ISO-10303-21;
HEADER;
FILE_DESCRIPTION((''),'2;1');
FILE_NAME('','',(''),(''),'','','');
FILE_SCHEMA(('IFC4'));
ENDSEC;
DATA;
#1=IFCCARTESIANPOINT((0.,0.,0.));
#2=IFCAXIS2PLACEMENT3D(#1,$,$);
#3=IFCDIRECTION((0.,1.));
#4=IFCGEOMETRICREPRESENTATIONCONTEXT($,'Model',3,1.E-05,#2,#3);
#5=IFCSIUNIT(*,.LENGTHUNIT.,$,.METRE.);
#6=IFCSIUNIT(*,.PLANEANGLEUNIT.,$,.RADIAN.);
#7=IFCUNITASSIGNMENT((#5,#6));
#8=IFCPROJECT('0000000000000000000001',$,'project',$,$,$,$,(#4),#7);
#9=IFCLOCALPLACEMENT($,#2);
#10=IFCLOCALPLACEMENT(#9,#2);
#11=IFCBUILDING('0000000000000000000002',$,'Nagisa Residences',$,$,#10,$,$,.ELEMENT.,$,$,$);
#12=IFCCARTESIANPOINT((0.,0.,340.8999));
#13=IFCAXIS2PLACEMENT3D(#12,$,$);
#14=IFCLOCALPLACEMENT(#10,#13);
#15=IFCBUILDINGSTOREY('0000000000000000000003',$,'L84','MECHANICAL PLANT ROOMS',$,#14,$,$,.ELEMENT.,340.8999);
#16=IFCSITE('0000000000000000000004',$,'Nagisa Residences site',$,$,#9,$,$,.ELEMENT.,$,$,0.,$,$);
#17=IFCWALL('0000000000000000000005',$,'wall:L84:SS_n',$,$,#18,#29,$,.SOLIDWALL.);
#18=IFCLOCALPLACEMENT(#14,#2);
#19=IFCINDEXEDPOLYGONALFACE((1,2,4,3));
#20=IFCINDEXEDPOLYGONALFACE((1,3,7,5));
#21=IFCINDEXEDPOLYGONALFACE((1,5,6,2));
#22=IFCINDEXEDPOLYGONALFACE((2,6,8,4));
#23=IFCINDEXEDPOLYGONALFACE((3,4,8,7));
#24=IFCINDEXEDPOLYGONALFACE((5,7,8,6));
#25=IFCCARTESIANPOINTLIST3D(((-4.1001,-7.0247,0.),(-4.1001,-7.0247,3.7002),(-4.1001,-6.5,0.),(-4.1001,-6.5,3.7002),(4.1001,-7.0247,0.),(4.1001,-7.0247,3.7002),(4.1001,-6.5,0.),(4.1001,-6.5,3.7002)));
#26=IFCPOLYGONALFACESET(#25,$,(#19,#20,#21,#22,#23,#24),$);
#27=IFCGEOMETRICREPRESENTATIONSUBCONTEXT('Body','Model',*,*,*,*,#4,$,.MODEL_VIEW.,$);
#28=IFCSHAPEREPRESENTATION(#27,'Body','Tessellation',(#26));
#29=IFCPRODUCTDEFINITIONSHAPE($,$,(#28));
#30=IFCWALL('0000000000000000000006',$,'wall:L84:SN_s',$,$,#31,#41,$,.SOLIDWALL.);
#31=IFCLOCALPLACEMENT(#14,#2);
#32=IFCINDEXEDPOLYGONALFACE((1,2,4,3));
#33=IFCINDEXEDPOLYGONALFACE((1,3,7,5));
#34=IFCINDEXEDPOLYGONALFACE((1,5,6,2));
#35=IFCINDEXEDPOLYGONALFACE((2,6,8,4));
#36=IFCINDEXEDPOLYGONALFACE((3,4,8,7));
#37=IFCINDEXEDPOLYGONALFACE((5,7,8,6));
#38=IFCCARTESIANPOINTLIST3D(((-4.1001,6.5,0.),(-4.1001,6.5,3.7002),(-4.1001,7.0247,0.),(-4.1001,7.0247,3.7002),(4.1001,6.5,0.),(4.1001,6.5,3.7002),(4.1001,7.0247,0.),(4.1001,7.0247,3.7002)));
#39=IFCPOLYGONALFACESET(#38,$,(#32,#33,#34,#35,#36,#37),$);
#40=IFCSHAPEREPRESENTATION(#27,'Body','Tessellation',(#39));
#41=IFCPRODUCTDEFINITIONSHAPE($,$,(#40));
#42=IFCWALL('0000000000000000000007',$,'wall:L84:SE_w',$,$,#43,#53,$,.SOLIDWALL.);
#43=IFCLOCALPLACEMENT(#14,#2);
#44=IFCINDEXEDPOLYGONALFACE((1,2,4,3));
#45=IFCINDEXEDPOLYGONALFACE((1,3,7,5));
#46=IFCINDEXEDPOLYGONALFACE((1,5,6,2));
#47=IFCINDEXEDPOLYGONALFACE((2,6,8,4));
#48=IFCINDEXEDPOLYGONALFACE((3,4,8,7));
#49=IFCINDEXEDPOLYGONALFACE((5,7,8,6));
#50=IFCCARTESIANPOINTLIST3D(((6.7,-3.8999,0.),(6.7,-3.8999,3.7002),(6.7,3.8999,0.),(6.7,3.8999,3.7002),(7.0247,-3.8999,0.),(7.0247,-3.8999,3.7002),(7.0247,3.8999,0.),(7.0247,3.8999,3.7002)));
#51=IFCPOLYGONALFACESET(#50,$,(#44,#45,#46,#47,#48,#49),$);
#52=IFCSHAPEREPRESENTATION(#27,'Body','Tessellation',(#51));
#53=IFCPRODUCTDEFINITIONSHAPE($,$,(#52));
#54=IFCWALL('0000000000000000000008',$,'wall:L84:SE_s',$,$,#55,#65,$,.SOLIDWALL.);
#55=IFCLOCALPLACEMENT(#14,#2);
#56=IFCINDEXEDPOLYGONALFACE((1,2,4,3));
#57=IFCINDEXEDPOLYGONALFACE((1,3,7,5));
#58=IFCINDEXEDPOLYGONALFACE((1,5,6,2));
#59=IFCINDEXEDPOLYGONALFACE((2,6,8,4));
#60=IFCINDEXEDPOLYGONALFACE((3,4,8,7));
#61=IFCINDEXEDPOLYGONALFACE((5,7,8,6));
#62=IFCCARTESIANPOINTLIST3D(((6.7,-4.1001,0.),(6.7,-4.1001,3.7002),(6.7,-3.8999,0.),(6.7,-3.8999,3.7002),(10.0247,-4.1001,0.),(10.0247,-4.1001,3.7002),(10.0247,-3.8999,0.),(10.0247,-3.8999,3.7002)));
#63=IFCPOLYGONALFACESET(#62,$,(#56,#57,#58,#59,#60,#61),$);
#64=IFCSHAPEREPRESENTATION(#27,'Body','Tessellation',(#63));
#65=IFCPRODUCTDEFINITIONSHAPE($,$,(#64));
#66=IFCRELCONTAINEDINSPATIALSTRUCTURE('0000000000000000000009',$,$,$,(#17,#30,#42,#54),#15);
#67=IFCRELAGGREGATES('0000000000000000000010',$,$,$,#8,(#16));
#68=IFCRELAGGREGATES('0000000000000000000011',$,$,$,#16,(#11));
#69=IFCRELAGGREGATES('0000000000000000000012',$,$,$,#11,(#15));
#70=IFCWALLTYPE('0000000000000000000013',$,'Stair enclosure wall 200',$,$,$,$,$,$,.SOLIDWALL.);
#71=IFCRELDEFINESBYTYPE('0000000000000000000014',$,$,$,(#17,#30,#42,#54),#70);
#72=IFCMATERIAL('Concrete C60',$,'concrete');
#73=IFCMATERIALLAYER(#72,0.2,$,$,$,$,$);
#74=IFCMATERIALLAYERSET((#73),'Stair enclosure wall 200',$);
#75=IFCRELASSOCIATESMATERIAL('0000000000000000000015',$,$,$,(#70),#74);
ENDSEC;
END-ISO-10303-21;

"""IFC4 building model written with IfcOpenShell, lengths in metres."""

from ifc_helpers import new_model, si_unit, direction, frame, origin, place, context, subcontext, project, spatial, polyline, outline, extrude, material, layer, layer_set, type_object, element, save


model = new_model("IFC4")

# Units and contexts
model_context = context("Model", 3, precision=1e-05, world=origin(), true_north=direction((0.0, 1.0)))
body_context = subcontext(model_context, "Body", "Model", "MODEL_VIEW")
ifc_project = project(units=[si_unit("LENGTHUNIT", "METRE"), si_unit("PLANEANGLEUNIT", "RADIAN")], contexts=[model_context])

# Site, building, storey
site_placement = place(None, origin())
site = spatial("IfcSite", under=ifc_project, at=site_placement, Name="Nagisa Residences site", CompositionType="ELEMENT", RefElevation=0.0)
building_placement = place(site_placement, origin())
building = spatial("IfcBuilding", under=site, at=building_placement, Name="Nagisa Residences", CompositionType="ELEMENT")
storey_placement = place(building_placement, frame((0.0, 0.0, 340.8999)))
storey = spatial("IfcBuildingStorey", under=building, at=storey_placement, Name="L84", Description="MECHANICAL PLANT ROOMS", CompositionType="ELEMENT", Elevation=340.8999)

# Walls
ifc_material_1 = material(Name="Concrete C60", Category="concrete")
ifc_layer_1 = layer(ifc_material_1, 0.2)
ifc_layer_set_1 = layer_set([ifc_layer_1], Name="Stair enclosure wall 200")
wall_type_1 = type_object("IfcWallType", Name="Stair enclosure wall 200", PredefinedType="SOLIDWALL", material=ifc_layer_set_1)
wall_1_placement = place(storey_placement, origin())
element("IfcWall", 1, at=wall_1_placement, inside=storey, type_object=wall_type_1, Name="wall:L84:SS_n", PredefinedType="SOLIDWALL", context=body_context, shape_type="SweptSolid", body=[
    extrude(outline(polyline([(4.1001, -7.0247), (-4.1001, -7.0247), (-4.1001, -6.5), (4.1001, -6.5), (4.1001, -7.0247)])), origin(), (0.0, 0.0, 1.0), 3.7002),
])
wall_2_placement = place(storey_placement, origin())
element("IfcWall", 2, at=wall_2_placement, inside=storey, type_object=wall_type_1, Name="wall:L84:SN_s", PredefinedType="SOLIDWALL", context=body_context, shape_type="SweptSolid", body=[
    extrude(outline(polyline([(4.1001, 6.5), (-4.1001, 6.5), (-4.1001, 7.0247), (4.1001, 7.0247), (4.1001, 6.5)])), origin(), (0.0, 0.0, 1.0), 3.7002),
])
wall_3_placement = place(storey_placement, origin())
element("IfcWall", 3, at=wall_3_placement, inside=storey, type_object=wall_type_1, Name="wall:L84:SE_w", PredefinedType="SOLIDWALL", context=body_context, shape_type="SweptSolid", body=[
    extrude(outline(polyline([(7.0247, -3.8999), (6.7, -3.8999), (6.7, 3.8999), (7.0247, 3.8999), (7.0247, -3.8999)])), origin(), (0.0, 0.0, 1.0), 3.7002),
])
wall_4_placement = place(storey_placement, origin())
element("IfcWall", 4, at=wall_4_placement, inside=storey, type_object=wall_type_1, Name="wall:L84:SE_s", PredefinedType="SOLIDWALL", context=body_context, shape_type="SweptSolid", body=[
    extrude(outline(polyline([(10.0247, -4.1001), (6.7, -4.1001), (6.7, -3.8999), (10.0247, -3.8999), (10.0247, -4.1001)])), origin(), (0.0, 0.0, 1.0), 3.7002),
])

save(model, "model.ifc")
